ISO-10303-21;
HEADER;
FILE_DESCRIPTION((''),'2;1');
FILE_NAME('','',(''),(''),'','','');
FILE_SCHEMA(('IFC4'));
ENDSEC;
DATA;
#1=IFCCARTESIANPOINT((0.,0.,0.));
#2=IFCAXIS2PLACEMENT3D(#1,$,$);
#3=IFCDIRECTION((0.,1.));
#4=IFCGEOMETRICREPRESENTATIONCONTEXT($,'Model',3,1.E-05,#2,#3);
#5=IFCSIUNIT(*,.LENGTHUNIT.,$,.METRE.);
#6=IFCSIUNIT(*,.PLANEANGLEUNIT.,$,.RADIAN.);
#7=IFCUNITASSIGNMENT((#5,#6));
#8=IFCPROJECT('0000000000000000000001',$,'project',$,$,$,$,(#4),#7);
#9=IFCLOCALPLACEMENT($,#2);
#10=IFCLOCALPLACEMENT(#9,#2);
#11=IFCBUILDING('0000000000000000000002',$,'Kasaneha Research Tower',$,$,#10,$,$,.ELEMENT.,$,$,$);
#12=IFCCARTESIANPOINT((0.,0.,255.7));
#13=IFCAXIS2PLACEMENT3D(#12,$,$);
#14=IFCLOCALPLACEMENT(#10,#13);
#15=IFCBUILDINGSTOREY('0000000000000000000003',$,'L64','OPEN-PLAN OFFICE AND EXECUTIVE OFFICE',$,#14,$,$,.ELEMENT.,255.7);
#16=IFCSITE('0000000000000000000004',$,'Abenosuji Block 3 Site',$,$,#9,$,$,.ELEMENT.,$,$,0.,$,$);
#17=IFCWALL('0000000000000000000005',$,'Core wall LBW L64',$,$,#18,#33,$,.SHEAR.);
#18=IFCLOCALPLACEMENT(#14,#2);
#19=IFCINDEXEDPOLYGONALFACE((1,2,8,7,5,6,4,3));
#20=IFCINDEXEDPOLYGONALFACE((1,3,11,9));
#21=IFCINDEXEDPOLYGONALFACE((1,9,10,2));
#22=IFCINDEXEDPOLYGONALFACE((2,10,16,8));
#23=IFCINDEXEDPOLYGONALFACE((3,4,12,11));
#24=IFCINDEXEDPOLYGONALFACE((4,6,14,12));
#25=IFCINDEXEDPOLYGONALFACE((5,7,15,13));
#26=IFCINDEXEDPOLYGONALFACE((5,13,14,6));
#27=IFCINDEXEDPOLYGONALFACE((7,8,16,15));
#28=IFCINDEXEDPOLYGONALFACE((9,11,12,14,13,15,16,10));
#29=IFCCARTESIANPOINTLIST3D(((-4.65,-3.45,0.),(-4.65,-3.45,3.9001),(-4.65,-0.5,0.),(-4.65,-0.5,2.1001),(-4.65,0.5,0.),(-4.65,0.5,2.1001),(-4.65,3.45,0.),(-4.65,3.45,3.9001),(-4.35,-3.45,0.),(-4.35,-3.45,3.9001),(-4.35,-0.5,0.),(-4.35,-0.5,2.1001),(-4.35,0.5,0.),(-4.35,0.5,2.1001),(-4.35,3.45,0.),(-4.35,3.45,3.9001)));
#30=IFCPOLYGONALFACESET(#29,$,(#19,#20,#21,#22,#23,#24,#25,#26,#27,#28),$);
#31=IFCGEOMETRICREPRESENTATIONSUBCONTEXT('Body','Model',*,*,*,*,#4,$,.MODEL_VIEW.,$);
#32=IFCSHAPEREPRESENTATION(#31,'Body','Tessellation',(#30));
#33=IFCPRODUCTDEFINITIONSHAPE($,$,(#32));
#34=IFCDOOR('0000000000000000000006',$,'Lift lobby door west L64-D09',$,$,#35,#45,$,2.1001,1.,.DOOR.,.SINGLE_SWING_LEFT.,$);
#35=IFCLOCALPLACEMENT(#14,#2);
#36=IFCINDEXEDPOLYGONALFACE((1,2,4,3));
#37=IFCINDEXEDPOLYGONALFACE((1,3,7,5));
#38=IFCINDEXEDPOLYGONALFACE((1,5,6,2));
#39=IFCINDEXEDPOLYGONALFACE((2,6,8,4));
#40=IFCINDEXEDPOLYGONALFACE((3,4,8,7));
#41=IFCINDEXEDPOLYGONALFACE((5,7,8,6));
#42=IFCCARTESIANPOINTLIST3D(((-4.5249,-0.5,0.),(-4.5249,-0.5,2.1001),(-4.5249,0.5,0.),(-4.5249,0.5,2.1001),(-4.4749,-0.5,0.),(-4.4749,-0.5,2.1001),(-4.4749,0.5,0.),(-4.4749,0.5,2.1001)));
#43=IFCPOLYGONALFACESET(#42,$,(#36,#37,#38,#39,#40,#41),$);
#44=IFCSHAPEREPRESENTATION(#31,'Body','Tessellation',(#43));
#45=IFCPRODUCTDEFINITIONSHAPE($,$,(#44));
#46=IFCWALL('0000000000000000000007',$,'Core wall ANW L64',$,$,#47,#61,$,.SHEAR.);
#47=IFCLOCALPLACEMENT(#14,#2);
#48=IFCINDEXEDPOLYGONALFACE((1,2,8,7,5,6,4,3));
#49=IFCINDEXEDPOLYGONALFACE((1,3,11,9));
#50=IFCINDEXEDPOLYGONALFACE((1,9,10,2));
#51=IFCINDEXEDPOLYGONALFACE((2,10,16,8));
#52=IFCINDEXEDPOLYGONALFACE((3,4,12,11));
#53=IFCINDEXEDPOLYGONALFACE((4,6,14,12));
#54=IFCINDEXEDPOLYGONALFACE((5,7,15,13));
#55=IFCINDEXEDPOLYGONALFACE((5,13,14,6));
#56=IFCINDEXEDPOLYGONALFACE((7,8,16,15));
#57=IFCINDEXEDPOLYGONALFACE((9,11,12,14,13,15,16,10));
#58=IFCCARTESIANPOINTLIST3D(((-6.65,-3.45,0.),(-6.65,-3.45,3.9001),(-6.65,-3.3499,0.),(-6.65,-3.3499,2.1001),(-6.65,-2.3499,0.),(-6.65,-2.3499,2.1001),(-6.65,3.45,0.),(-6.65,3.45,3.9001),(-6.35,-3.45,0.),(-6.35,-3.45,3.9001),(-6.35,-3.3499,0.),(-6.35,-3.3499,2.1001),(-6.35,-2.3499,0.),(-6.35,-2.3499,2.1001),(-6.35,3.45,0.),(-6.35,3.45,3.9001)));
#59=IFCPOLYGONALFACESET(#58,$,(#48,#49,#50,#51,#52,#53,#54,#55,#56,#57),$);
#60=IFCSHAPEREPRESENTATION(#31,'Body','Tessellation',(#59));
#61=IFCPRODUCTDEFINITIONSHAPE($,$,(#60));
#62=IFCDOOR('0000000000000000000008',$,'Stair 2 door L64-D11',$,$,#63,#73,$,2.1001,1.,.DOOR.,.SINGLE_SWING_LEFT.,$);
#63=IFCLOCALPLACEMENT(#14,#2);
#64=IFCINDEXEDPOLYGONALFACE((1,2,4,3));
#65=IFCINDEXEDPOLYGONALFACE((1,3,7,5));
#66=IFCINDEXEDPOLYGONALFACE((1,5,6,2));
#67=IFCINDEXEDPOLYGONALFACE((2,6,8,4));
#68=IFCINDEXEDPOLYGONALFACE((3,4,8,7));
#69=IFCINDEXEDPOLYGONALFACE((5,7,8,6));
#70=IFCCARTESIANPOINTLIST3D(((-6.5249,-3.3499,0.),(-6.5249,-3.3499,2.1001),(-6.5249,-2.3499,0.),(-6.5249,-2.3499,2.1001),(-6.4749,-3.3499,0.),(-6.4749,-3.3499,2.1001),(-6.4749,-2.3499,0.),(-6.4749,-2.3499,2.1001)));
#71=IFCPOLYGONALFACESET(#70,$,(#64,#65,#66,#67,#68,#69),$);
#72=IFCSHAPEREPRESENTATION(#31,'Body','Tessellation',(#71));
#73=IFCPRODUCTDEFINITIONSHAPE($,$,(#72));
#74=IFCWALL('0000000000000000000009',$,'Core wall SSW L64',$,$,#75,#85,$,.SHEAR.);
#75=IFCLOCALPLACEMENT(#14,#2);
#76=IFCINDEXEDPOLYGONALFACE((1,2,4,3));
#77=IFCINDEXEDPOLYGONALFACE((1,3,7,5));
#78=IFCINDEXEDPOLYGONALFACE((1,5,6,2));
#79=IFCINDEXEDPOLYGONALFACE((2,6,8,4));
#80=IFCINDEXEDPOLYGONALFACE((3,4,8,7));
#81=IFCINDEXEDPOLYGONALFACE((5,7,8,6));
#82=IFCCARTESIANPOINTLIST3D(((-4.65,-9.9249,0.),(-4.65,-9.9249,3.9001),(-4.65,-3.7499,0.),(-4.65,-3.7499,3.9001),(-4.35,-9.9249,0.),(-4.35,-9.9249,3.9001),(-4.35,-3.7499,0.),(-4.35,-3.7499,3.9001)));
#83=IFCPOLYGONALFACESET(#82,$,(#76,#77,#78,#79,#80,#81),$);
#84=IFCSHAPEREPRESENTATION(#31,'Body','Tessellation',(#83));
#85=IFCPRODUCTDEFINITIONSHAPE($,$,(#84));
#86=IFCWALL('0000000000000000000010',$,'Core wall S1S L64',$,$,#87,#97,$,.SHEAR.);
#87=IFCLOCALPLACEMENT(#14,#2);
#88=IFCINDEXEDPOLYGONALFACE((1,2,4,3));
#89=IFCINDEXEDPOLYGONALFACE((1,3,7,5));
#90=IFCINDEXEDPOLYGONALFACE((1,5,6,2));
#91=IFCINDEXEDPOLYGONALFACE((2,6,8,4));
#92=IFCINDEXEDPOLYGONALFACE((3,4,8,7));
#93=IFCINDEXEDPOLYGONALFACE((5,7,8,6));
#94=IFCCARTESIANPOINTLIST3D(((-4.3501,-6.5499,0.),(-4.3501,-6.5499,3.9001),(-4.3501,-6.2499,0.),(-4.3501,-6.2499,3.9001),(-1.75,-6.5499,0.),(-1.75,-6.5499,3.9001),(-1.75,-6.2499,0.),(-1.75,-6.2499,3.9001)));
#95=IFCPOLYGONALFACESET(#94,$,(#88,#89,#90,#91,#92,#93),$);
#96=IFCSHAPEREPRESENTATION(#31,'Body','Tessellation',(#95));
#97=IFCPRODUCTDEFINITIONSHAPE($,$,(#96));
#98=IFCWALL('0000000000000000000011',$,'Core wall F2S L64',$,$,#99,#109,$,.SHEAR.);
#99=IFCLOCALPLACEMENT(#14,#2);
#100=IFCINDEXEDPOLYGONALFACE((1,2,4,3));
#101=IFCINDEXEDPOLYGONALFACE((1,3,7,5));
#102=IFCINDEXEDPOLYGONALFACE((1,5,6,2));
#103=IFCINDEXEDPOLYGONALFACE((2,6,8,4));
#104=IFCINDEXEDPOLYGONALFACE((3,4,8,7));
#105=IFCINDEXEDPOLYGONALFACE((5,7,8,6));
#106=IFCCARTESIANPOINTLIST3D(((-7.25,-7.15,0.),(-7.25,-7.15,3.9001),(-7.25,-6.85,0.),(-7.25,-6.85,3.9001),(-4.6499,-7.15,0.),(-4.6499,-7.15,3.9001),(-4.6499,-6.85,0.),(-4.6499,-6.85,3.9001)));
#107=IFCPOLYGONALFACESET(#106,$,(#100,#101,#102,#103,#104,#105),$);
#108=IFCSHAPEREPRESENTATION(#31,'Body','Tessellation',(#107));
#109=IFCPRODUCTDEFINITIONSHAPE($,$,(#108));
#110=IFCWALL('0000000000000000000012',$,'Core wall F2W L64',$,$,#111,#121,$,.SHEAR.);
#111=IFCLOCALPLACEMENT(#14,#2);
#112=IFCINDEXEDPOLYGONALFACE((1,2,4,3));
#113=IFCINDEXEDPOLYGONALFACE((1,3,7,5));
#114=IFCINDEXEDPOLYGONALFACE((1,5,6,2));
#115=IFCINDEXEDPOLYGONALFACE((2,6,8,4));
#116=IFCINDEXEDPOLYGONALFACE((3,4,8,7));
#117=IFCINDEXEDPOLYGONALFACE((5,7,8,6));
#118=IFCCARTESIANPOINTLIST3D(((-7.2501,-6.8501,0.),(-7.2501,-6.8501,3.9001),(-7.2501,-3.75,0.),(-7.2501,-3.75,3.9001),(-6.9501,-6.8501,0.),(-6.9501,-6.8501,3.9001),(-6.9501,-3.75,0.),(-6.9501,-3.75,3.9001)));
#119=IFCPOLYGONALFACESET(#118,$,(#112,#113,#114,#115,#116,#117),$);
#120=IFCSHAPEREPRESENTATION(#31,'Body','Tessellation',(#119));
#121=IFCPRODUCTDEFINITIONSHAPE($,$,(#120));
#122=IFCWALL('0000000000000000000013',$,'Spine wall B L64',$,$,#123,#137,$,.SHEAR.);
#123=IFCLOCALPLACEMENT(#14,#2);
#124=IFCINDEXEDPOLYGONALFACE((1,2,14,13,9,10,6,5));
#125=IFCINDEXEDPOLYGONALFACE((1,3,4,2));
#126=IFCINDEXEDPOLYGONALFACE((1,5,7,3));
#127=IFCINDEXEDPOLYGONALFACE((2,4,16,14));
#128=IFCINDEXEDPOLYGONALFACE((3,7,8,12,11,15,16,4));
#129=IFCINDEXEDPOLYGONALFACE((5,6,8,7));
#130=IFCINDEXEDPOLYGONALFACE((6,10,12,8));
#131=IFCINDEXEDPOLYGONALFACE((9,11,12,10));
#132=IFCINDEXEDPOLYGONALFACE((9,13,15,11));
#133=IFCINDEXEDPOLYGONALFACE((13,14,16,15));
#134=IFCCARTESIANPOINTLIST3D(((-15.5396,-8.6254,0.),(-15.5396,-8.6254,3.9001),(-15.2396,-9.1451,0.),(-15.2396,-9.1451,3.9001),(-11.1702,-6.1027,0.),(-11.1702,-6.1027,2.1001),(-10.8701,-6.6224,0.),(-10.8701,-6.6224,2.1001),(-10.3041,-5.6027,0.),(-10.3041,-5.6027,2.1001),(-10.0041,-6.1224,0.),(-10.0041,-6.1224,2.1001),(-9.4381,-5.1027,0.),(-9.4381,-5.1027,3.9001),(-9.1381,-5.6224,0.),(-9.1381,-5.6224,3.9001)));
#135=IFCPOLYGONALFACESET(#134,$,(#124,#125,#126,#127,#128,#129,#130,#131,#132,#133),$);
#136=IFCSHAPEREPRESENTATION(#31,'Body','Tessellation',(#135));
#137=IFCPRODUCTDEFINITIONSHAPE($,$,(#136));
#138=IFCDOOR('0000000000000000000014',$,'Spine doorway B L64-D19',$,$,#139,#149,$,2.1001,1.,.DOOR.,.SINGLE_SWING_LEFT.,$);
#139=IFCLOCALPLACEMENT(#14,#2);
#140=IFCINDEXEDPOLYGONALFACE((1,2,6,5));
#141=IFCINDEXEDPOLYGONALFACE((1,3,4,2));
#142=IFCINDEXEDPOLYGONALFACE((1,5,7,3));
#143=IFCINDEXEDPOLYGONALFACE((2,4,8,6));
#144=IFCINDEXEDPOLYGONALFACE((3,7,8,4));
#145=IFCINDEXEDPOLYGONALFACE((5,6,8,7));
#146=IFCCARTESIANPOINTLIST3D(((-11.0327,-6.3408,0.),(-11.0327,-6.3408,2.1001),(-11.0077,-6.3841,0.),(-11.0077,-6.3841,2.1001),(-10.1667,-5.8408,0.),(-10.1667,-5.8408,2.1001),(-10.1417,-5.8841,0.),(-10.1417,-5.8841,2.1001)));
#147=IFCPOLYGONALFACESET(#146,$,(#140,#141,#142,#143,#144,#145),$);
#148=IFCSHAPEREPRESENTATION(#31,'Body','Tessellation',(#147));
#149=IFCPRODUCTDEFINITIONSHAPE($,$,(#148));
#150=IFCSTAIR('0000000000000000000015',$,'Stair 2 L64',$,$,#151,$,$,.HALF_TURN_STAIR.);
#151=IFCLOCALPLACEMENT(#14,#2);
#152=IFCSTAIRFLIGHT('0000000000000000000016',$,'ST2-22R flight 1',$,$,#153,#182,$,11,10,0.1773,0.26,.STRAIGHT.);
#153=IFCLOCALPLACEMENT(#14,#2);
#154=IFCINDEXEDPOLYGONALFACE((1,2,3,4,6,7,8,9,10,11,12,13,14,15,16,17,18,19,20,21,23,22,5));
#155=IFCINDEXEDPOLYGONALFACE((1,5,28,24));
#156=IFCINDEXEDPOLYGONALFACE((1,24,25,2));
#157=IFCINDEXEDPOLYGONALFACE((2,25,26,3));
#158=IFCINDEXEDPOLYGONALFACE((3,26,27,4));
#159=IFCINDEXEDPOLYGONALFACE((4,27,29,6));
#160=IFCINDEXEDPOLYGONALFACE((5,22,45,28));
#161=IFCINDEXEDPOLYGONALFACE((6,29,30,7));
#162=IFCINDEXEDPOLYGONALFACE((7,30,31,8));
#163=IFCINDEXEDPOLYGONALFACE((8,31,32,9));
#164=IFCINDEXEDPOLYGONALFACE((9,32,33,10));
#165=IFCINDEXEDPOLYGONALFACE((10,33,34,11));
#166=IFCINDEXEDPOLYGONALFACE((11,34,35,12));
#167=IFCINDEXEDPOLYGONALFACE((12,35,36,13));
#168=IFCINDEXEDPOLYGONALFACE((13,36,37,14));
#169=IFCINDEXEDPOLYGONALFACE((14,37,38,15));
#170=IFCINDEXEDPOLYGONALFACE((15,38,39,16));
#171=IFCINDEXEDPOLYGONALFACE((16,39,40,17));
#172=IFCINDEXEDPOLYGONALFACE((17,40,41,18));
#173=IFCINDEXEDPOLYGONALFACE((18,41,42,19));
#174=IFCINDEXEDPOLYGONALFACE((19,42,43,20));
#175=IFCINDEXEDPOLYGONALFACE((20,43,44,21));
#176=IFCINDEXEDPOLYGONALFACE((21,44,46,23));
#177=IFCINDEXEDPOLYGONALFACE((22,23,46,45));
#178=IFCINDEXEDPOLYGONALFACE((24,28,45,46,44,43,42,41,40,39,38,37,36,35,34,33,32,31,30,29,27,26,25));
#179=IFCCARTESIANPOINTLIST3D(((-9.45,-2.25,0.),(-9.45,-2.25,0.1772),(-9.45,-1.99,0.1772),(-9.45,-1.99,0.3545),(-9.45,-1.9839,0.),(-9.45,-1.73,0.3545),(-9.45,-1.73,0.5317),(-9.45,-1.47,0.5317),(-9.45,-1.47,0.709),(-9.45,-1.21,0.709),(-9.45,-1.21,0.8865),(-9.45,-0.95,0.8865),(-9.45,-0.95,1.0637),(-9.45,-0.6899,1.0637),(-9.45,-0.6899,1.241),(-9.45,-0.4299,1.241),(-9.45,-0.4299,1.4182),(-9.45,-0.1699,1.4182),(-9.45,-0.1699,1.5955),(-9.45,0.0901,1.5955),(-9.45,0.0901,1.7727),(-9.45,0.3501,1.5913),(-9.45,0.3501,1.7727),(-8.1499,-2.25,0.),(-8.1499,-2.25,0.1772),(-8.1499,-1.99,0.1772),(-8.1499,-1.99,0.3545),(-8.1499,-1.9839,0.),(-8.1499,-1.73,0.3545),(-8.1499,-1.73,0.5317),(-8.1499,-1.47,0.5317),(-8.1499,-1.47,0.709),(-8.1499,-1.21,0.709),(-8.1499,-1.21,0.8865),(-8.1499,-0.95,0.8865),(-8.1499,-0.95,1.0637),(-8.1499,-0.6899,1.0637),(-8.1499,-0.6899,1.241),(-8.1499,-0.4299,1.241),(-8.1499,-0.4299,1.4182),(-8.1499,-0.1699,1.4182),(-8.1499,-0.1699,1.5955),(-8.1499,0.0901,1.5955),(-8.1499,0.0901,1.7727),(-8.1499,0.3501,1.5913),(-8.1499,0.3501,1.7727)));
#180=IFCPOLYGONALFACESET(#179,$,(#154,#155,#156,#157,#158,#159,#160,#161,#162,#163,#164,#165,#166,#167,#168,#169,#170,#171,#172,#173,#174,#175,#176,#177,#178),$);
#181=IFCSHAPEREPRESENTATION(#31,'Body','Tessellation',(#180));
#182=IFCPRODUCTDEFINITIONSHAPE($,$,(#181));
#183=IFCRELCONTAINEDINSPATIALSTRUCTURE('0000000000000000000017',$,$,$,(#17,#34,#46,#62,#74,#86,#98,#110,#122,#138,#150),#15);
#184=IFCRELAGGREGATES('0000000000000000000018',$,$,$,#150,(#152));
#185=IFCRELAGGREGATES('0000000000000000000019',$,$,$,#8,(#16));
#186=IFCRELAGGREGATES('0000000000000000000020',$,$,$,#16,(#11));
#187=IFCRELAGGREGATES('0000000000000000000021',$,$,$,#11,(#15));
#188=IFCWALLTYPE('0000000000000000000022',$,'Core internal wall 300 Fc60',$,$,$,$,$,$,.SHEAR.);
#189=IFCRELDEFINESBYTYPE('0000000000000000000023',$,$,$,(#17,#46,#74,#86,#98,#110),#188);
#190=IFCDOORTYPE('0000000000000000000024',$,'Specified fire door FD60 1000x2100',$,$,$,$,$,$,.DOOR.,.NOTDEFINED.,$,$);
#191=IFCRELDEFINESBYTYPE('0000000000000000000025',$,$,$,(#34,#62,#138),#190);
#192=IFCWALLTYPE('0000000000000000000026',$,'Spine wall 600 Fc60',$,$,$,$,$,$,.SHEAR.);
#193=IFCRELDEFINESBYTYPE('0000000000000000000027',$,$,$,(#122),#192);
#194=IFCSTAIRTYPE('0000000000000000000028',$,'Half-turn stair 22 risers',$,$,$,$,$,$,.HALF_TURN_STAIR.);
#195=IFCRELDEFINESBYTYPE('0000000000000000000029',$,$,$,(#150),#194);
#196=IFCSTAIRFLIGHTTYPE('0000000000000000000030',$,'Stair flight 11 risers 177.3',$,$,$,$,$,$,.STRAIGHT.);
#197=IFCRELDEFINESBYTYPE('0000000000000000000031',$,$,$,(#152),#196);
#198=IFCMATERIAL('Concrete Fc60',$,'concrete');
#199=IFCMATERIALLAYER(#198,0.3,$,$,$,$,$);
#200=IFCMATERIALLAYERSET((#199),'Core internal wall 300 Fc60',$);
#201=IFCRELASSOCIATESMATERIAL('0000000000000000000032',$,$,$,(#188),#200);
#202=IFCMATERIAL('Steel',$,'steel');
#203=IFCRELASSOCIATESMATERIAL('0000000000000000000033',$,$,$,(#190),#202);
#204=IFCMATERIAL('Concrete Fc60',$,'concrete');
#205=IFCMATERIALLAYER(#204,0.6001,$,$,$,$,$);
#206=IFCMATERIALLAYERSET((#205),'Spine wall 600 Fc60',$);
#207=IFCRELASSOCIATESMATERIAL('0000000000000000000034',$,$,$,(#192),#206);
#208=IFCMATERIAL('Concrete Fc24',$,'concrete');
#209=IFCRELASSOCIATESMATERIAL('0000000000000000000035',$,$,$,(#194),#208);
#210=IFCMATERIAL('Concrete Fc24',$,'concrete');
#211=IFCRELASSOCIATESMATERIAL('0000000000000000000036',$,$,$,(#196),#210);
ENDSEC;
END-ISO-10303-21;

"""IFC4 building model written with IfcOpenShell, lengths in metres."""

from ifc_helpers import new_model, si_unit, direction, frame, frame_2d, origin, place, context, subcontext, project, spatial, polyline, rectangle, outline, extrude, material, layer, layer_set, type_object, element, fill, aggregate, save


model = new_model("IFC4")

# Units and contexts
model_context = context("Model", 3, precision=1e-05, world=origin(), true_north=direction((0.0, 1.0)))
body_context = subcontext(model_context, "Body", "Model", "MODEL_VIEW")
ifc_project = project(units=[si_unit("LENGTHUNIT", "METRE"), si_unit("PLANEANGLEUNIT", "RADIAN")], contexts=[model_context])

# Site, building, storey
site_placement = place(None, origin())
site = spatial("IfcSite", under=ifc_project, at=site_placement, Name="Abenosuji Block 3 Site", CompositionType="ELEMENT", RefElevation=0.0)
building_placement = place(site_placement, origin())
building = spatial("IfcBuilding", under=site, at=building_placement, Name="Kasaneha Research Tower", CompositionType="ELEMENT")
storey_placement = place(building_placement, frame((0.0, 0.0, 255.7)))
storey = spatial("IfcBuildingStorey", under=building, at=storey_placement, Name="L64", Description="OPEN-PLAN OFFICE AND EXECUTIVE OFFICE", CompositionType="ELEMENT", Elevation=255.7)

# Shared definitions
ifc_material_1 = material(Name="Concrete Fc60", Category="concrete")
ifc_layer_1 = layer(ifc_material_1, 0.3)
ifc_layer_set_1 = layer_set([ifc_layer_1], Name="Core internal wall 300 Fc60")
wall_type_1 = type_object("IfcWallType", Name="Core internal wall 300 Fc60", PredefinedType="SHEAR", material=ifc_layer_set_1)

# Walls, openings, doors
wall_1_placement = place(storey_placement, frame((-4.5, -3.45, 0.0), z_axis=(0.0, 0.0, 1.0), x_axis=(0.0, 1.0, 0.0)))
wall_1 = element("IfcWall", 1, at=wall_1_placement, inside=storey, type_object=wall_type_1, Name="Core wall LBW L64", PredefinedType="SHEAR", context=body_context, shape_type="SweptSolid", body=[
    extrude(rectangle(XDim=6.8999, YDim=0.3, at=frame_2d((3.45, 0.0))), origin(), (0.0, 0.0, 1.0), 3.9001),
])
opening_1_placement = place(wall_1_placement, frame((2.95, 0.0, 0.0)))
opening_1 = element("IfcOpeningElement", 2, at=opening_1_placement, cuts=wall_1, PredefinedType="OPENING", context=body_context, shape_type="SweptSolid", body=[
    extrude(rectangle(XDim=1.0, YDim=2.1001, at=frame_2d((0.5, 1.05))), frame((0.0, 0.1602, 0.0), z_axis=(0.0, -1.0, 0.0), x_axis=(1.0, 0.0, 0.0)), (0.0, 0.0, 1.0), 0.3201),
])
ifc_material_2 = material(Name="Steel", Category="steel")
door_type_1 = type_object("IfcDoorType", Name="Specified fire door FD60 1000x2100", OperationType="NOTDEFINED", PredefinedType="DOOR", material=ifc_material_2)
door_1_placement = place(opening_1_placement, origin())
door_1 = element("IfcDoor", 3, at=door_1_placement, inside=storey, type_object=door_type_1, Name="Lift lobby door west L64-D09", OperationType="SINGLE_SWING_LEFT", OverallHeight=2.1001, OverallWidth=1.0, PredefinedType="DOOR", context=body_context, shape_type="SweptSolid", body=[
    extrude(rectangle(XDim=1.0, YDim=2.1001, at=frame_2d((0.5, 1.05))), frame((0.0, 0.0249, 0.0), z_axis=(0.0, -1.0, 0.0), x_axis=(1.0, 0.0, 0.0)), (0.0, 0.0, 1.0), 0.05),
])
fill(opening_1, door_1)
wall_2_placement = place(storey_placement, frame((-6.5, -3.45, 0.0), z_axis=(0.0, 0.0, 1.0), x_axis=(0.0, 1.0, 0.0)))
wall_2 = element("IfcWall", 4, at=wall_2_placement, inside=storey, type_object=wall_type_1, Name="Core wall ANW L64", PredefinedType="SHEAR", context=body_context, shape_type="SweptSolid", body=[
    extrude(rectangle(XDim=6.8999, YDim=0.3, at=frame_2d((3.45, 0.0))), origin(), (0.0, 0.0, 1.0), 3.9001),
])
opening_2_placement = place(wall_2_placement, frame((0.1001, 0.0, 0.0)))
opening_2 = element("IfcOpeningElement", 5, at=opening_2_placement, cuts=wall_2, PredefinedType="OPENING", context=body_context, shape_type="SweptSolid", body=[
    extrude(rectangle(XDim=1.0, YDim=2.1001, at=frame_2d((0.5, 1.05))), frame((0.0, 0.1602, 0.0), z_axis=(0.0, -1.0, 0.0), x_axis=(1.0, 0.0, 0.0)), (0.0, 0.0, 1.0), 0.3201),
])
door_2_placement = place(opening_2_placement, origin())
door_2 = element("IfcDoor", 6, at=door_2_placement, inside=storey, type_object=door_type_1, Name="Stair 2 door L64-D11", OperationType="SINGLE_SWING_LEFT", OverallHeight=2.1001, OverallWidth=1.0, PredefinedType="DOOR", context=body_context, shape_type="SweptSolid", body=[
    extrude(rectangle(XDim=1.0, YDim=2.1001, at=frame_2d((0.5, 1.05))), frame((0.0, 0.0249, 0.0), z_axis=(0.0, -1.0, 0.0), x_axis=(1.0, 0.0, 0.0)), (0.0, 0.0, 1.0), 0.05),
])
fill(opening_2, door_2)

# Walls
wall_3_placement = place(storey_placement, frame((-4.5, -3.75, 0.0), z_axis=(0.0, 0.0, 1.0), x_axis=(0.0, -1.0, 0.0)))
element("IfcWall", 7, at=wall_3_placement, inside=storey, type_object=wall_type_1, Name="Core wall SSW L64", PredefinedType="SHEAR", context=body_context, shape_type="SweptSolid", body=[
    extrude(rectangle(XDim=6.175, YDim=0.3, at=frame_2d((3.0874, 0.0))), origin(), (0.0, 0.0, 1.0), 3.9001),
])
for number, where, z_axis, x_axis, name in (
    (8, (-4.3501, -6.3999, 0.0), (0.0, 0.0, 1.0), (1.0, 0.0, 0.0), "Core wall S1S L64"),
    (9, (-7.25, -7.0, 0.0), (0.0, 0.0, 1.0), (1.0, 0.0, 0.0), "Core wall F2S L64"),
):
    element("IfcWall", number, at=place(storey_placement, frame(where, z_axis=z_axis, x_axis=x_axis)), inside=storey, type_object=wall_type_1, Name=name, PredefinedType="SHEAR", context=body_context, shape_type="SweptSolid", body=[
        extrude(rectangle(XDim=2.6001, YDim=0.3, at=frame_2d((1.3, 0.0))), origin(), (0.0, 0.0, 1.0), 3.9001),
    ])
wall_4_placement = place(storey_placement, frame((-7.1001, -3.75, 0.0), z_axis=(0.0, 0.0, 1.0), x_axis=(0.0, -1.0, 0.0)))
element("IfcWall", 10, at=wall_4_placement, inside=storey, type_object=wall_type_1, Name="Core wall F2W L64", PredefinedType="SHEAR", context=body_context, shape_type="SweptSolid", body=[
    extrude(rectangle(XDim=3.1001, YDim=0.3, at=frame_2d((1.55, 0.0))), origin(), (0.0, 0.0, 1.0), 3.9001),
])

# Wall, opening, door
ifc_material_3 = material(Name="Concrete Fc60", Category="concrete")
ifc_layer_2 = layer(ifc_material_3, 0.6001)
ifc_layer_set_2 = layer_set([ifc_layer_2], Name="Spine wall 600 Fc60")
wall_type_2 = type_object("IfcWallType", Name="Spine wall 600 Fc60", PredefinedType="SHEAR", material=ifc_layer_set_2)
wall_5_placement = place(storey_placement, frame((-9.2881, -5.3625, 0.0), z_axis=(0.0, 0.0, 1.0), x_axis=(-0.866027, -0.499996, 0.0)))
wall_5 = element("IfcWall", 11, at=wall_5_placement, inside=storey, type_object=wall_type_2, Name="Spine wall B L64", PredefinedType="SHEAR", context=body_context, shape_type="SweptSolid", body=[
    extrude(rectangle(XDim=7.0454, YDim=0.6001, at=frame_2d((3.5227, 0.0))), origin(), (0.0, 0.0, 1.0), 3.9001),
])
opening_3_placement = place(wall_5_placement, frame((1.0, 0.0, 0.0)))
opening_3 = element("IfcOpeningElement", 12, at=opening_3_placement, cuts=wall_5, PredefinedType="OPENING", context=body_context, shape_type="SweptSolid", body=[
    extrude(rectangle(XDim=1.0, YDim=2.1001, at=frame_2d((0.5, 1.05))), frame((0.0, 0.3101, 0.0), z_axis=(0.0, -1.0, 0.0), x_axis=(1.0, 0.0, 0.0)), (0.0, 0.0, 1.0), 0.6201),
])
door_3_placement = place(opening_3_placement, origin())
door_3 = element("IfcDoor", 13, at=door_3_placement, inside=storey, type_object=door_type_1, Name="Spine doorway B L64-D19", OperationType="SINGLE_SWING_LEFT", OverallHeight=2.1001, OverallWidth=1.0, PredefinedType="DOOR", context=body_context, shape_type="SweptSolid", body=[
    extrude(rectangle(XDim=1.0, YDim=2.1001, at=frame_2d((0.5, 1.05))), frame((0.0, 0.0249, 0.0), z_axis=(0.0, -1.0, 0.0), x_axis=(1.0, 0.0, 0.0)), (0.0, 0.0, 1.0), 0.05),
])
fill(opening_3, door_3)

# Stair, stair flight
ifc_material_4 = material(Name="Concrete Fc24", Category="concrete")
stair_type = type_object("IfcStairType", Name="Half-turn stair 22 risers", PredefinedType="HALF_TURN_STAIR", material=ifc_material_4)
stair_placement = place(storey_placement, origin())
stair = element("IfcStair", 14, at=stair_placement, inside=storey, type_object=stair_type, Name="Stair 2 L64", PredefinedType="HALF_TURN_STAIR")
ifc_material_5 = material(Name="Concrete Fc24", Category="concrete")
stair_flight_type = type_object("IfcStairFlightType", Name="Stair flight 11 risers 177.3", PredefinedType="STRAIGHT", material=ifc_material_5)
stair_flight_placement = place(storey_placement, frame((-8.8, -2.25, 0.0), z_axis=(0.0, 0.0, 1.0), x_axis=(0.0, 1.0, 0.0)))
stair_flight = element("IfcStairFlight", 15, at=stair_flight_placement, type_object=stair_flight_type, Name="ST2-22R flight 1", NumberOfRisers=11, NumberOfTreads=10, PredefinedType="STRAIGHT", RiserHeight=0.1773, TreadLength=0.26, context=body_context, shape_type="SweptSolid", body=[
    extrude(outline(polyline([(0.0, 0.0), (0.0, 0.1772), (0.26, 0.1772), (0.26, 0.3545), (0.52, 0.3545), (0.52, 0.5317), (0.78, 0.5317), (0.78, 0.709), (1.04, 0.709), (1.04, 0.8865), (1.3, 0.8865), (1.3, 1.0637), (1.5601, 1.0637), (1.5601, 1.241), (1.8201, 1.241), (1.8201, 1.4182), (2.0801, 1.4182), (2.0801, 1.5955), (2.3401, 1.5955), (2.3401, 1.7727), (2.6001, 1.7727), (2.6001, 1.95), (2.6001, 1.5913), (0.2661, 0.0), (0.0, 0.0)])), frame((0.0, 0.6499, 0.0), z_axis=(0.0, -1.0, 0.0), x_axis=(1.0, 0.0, 0.0)), (0.0, 0.0, 1.0), 1.3),
])
aggregate(stair, [stair_flight])

save(model, "model.ifc")
